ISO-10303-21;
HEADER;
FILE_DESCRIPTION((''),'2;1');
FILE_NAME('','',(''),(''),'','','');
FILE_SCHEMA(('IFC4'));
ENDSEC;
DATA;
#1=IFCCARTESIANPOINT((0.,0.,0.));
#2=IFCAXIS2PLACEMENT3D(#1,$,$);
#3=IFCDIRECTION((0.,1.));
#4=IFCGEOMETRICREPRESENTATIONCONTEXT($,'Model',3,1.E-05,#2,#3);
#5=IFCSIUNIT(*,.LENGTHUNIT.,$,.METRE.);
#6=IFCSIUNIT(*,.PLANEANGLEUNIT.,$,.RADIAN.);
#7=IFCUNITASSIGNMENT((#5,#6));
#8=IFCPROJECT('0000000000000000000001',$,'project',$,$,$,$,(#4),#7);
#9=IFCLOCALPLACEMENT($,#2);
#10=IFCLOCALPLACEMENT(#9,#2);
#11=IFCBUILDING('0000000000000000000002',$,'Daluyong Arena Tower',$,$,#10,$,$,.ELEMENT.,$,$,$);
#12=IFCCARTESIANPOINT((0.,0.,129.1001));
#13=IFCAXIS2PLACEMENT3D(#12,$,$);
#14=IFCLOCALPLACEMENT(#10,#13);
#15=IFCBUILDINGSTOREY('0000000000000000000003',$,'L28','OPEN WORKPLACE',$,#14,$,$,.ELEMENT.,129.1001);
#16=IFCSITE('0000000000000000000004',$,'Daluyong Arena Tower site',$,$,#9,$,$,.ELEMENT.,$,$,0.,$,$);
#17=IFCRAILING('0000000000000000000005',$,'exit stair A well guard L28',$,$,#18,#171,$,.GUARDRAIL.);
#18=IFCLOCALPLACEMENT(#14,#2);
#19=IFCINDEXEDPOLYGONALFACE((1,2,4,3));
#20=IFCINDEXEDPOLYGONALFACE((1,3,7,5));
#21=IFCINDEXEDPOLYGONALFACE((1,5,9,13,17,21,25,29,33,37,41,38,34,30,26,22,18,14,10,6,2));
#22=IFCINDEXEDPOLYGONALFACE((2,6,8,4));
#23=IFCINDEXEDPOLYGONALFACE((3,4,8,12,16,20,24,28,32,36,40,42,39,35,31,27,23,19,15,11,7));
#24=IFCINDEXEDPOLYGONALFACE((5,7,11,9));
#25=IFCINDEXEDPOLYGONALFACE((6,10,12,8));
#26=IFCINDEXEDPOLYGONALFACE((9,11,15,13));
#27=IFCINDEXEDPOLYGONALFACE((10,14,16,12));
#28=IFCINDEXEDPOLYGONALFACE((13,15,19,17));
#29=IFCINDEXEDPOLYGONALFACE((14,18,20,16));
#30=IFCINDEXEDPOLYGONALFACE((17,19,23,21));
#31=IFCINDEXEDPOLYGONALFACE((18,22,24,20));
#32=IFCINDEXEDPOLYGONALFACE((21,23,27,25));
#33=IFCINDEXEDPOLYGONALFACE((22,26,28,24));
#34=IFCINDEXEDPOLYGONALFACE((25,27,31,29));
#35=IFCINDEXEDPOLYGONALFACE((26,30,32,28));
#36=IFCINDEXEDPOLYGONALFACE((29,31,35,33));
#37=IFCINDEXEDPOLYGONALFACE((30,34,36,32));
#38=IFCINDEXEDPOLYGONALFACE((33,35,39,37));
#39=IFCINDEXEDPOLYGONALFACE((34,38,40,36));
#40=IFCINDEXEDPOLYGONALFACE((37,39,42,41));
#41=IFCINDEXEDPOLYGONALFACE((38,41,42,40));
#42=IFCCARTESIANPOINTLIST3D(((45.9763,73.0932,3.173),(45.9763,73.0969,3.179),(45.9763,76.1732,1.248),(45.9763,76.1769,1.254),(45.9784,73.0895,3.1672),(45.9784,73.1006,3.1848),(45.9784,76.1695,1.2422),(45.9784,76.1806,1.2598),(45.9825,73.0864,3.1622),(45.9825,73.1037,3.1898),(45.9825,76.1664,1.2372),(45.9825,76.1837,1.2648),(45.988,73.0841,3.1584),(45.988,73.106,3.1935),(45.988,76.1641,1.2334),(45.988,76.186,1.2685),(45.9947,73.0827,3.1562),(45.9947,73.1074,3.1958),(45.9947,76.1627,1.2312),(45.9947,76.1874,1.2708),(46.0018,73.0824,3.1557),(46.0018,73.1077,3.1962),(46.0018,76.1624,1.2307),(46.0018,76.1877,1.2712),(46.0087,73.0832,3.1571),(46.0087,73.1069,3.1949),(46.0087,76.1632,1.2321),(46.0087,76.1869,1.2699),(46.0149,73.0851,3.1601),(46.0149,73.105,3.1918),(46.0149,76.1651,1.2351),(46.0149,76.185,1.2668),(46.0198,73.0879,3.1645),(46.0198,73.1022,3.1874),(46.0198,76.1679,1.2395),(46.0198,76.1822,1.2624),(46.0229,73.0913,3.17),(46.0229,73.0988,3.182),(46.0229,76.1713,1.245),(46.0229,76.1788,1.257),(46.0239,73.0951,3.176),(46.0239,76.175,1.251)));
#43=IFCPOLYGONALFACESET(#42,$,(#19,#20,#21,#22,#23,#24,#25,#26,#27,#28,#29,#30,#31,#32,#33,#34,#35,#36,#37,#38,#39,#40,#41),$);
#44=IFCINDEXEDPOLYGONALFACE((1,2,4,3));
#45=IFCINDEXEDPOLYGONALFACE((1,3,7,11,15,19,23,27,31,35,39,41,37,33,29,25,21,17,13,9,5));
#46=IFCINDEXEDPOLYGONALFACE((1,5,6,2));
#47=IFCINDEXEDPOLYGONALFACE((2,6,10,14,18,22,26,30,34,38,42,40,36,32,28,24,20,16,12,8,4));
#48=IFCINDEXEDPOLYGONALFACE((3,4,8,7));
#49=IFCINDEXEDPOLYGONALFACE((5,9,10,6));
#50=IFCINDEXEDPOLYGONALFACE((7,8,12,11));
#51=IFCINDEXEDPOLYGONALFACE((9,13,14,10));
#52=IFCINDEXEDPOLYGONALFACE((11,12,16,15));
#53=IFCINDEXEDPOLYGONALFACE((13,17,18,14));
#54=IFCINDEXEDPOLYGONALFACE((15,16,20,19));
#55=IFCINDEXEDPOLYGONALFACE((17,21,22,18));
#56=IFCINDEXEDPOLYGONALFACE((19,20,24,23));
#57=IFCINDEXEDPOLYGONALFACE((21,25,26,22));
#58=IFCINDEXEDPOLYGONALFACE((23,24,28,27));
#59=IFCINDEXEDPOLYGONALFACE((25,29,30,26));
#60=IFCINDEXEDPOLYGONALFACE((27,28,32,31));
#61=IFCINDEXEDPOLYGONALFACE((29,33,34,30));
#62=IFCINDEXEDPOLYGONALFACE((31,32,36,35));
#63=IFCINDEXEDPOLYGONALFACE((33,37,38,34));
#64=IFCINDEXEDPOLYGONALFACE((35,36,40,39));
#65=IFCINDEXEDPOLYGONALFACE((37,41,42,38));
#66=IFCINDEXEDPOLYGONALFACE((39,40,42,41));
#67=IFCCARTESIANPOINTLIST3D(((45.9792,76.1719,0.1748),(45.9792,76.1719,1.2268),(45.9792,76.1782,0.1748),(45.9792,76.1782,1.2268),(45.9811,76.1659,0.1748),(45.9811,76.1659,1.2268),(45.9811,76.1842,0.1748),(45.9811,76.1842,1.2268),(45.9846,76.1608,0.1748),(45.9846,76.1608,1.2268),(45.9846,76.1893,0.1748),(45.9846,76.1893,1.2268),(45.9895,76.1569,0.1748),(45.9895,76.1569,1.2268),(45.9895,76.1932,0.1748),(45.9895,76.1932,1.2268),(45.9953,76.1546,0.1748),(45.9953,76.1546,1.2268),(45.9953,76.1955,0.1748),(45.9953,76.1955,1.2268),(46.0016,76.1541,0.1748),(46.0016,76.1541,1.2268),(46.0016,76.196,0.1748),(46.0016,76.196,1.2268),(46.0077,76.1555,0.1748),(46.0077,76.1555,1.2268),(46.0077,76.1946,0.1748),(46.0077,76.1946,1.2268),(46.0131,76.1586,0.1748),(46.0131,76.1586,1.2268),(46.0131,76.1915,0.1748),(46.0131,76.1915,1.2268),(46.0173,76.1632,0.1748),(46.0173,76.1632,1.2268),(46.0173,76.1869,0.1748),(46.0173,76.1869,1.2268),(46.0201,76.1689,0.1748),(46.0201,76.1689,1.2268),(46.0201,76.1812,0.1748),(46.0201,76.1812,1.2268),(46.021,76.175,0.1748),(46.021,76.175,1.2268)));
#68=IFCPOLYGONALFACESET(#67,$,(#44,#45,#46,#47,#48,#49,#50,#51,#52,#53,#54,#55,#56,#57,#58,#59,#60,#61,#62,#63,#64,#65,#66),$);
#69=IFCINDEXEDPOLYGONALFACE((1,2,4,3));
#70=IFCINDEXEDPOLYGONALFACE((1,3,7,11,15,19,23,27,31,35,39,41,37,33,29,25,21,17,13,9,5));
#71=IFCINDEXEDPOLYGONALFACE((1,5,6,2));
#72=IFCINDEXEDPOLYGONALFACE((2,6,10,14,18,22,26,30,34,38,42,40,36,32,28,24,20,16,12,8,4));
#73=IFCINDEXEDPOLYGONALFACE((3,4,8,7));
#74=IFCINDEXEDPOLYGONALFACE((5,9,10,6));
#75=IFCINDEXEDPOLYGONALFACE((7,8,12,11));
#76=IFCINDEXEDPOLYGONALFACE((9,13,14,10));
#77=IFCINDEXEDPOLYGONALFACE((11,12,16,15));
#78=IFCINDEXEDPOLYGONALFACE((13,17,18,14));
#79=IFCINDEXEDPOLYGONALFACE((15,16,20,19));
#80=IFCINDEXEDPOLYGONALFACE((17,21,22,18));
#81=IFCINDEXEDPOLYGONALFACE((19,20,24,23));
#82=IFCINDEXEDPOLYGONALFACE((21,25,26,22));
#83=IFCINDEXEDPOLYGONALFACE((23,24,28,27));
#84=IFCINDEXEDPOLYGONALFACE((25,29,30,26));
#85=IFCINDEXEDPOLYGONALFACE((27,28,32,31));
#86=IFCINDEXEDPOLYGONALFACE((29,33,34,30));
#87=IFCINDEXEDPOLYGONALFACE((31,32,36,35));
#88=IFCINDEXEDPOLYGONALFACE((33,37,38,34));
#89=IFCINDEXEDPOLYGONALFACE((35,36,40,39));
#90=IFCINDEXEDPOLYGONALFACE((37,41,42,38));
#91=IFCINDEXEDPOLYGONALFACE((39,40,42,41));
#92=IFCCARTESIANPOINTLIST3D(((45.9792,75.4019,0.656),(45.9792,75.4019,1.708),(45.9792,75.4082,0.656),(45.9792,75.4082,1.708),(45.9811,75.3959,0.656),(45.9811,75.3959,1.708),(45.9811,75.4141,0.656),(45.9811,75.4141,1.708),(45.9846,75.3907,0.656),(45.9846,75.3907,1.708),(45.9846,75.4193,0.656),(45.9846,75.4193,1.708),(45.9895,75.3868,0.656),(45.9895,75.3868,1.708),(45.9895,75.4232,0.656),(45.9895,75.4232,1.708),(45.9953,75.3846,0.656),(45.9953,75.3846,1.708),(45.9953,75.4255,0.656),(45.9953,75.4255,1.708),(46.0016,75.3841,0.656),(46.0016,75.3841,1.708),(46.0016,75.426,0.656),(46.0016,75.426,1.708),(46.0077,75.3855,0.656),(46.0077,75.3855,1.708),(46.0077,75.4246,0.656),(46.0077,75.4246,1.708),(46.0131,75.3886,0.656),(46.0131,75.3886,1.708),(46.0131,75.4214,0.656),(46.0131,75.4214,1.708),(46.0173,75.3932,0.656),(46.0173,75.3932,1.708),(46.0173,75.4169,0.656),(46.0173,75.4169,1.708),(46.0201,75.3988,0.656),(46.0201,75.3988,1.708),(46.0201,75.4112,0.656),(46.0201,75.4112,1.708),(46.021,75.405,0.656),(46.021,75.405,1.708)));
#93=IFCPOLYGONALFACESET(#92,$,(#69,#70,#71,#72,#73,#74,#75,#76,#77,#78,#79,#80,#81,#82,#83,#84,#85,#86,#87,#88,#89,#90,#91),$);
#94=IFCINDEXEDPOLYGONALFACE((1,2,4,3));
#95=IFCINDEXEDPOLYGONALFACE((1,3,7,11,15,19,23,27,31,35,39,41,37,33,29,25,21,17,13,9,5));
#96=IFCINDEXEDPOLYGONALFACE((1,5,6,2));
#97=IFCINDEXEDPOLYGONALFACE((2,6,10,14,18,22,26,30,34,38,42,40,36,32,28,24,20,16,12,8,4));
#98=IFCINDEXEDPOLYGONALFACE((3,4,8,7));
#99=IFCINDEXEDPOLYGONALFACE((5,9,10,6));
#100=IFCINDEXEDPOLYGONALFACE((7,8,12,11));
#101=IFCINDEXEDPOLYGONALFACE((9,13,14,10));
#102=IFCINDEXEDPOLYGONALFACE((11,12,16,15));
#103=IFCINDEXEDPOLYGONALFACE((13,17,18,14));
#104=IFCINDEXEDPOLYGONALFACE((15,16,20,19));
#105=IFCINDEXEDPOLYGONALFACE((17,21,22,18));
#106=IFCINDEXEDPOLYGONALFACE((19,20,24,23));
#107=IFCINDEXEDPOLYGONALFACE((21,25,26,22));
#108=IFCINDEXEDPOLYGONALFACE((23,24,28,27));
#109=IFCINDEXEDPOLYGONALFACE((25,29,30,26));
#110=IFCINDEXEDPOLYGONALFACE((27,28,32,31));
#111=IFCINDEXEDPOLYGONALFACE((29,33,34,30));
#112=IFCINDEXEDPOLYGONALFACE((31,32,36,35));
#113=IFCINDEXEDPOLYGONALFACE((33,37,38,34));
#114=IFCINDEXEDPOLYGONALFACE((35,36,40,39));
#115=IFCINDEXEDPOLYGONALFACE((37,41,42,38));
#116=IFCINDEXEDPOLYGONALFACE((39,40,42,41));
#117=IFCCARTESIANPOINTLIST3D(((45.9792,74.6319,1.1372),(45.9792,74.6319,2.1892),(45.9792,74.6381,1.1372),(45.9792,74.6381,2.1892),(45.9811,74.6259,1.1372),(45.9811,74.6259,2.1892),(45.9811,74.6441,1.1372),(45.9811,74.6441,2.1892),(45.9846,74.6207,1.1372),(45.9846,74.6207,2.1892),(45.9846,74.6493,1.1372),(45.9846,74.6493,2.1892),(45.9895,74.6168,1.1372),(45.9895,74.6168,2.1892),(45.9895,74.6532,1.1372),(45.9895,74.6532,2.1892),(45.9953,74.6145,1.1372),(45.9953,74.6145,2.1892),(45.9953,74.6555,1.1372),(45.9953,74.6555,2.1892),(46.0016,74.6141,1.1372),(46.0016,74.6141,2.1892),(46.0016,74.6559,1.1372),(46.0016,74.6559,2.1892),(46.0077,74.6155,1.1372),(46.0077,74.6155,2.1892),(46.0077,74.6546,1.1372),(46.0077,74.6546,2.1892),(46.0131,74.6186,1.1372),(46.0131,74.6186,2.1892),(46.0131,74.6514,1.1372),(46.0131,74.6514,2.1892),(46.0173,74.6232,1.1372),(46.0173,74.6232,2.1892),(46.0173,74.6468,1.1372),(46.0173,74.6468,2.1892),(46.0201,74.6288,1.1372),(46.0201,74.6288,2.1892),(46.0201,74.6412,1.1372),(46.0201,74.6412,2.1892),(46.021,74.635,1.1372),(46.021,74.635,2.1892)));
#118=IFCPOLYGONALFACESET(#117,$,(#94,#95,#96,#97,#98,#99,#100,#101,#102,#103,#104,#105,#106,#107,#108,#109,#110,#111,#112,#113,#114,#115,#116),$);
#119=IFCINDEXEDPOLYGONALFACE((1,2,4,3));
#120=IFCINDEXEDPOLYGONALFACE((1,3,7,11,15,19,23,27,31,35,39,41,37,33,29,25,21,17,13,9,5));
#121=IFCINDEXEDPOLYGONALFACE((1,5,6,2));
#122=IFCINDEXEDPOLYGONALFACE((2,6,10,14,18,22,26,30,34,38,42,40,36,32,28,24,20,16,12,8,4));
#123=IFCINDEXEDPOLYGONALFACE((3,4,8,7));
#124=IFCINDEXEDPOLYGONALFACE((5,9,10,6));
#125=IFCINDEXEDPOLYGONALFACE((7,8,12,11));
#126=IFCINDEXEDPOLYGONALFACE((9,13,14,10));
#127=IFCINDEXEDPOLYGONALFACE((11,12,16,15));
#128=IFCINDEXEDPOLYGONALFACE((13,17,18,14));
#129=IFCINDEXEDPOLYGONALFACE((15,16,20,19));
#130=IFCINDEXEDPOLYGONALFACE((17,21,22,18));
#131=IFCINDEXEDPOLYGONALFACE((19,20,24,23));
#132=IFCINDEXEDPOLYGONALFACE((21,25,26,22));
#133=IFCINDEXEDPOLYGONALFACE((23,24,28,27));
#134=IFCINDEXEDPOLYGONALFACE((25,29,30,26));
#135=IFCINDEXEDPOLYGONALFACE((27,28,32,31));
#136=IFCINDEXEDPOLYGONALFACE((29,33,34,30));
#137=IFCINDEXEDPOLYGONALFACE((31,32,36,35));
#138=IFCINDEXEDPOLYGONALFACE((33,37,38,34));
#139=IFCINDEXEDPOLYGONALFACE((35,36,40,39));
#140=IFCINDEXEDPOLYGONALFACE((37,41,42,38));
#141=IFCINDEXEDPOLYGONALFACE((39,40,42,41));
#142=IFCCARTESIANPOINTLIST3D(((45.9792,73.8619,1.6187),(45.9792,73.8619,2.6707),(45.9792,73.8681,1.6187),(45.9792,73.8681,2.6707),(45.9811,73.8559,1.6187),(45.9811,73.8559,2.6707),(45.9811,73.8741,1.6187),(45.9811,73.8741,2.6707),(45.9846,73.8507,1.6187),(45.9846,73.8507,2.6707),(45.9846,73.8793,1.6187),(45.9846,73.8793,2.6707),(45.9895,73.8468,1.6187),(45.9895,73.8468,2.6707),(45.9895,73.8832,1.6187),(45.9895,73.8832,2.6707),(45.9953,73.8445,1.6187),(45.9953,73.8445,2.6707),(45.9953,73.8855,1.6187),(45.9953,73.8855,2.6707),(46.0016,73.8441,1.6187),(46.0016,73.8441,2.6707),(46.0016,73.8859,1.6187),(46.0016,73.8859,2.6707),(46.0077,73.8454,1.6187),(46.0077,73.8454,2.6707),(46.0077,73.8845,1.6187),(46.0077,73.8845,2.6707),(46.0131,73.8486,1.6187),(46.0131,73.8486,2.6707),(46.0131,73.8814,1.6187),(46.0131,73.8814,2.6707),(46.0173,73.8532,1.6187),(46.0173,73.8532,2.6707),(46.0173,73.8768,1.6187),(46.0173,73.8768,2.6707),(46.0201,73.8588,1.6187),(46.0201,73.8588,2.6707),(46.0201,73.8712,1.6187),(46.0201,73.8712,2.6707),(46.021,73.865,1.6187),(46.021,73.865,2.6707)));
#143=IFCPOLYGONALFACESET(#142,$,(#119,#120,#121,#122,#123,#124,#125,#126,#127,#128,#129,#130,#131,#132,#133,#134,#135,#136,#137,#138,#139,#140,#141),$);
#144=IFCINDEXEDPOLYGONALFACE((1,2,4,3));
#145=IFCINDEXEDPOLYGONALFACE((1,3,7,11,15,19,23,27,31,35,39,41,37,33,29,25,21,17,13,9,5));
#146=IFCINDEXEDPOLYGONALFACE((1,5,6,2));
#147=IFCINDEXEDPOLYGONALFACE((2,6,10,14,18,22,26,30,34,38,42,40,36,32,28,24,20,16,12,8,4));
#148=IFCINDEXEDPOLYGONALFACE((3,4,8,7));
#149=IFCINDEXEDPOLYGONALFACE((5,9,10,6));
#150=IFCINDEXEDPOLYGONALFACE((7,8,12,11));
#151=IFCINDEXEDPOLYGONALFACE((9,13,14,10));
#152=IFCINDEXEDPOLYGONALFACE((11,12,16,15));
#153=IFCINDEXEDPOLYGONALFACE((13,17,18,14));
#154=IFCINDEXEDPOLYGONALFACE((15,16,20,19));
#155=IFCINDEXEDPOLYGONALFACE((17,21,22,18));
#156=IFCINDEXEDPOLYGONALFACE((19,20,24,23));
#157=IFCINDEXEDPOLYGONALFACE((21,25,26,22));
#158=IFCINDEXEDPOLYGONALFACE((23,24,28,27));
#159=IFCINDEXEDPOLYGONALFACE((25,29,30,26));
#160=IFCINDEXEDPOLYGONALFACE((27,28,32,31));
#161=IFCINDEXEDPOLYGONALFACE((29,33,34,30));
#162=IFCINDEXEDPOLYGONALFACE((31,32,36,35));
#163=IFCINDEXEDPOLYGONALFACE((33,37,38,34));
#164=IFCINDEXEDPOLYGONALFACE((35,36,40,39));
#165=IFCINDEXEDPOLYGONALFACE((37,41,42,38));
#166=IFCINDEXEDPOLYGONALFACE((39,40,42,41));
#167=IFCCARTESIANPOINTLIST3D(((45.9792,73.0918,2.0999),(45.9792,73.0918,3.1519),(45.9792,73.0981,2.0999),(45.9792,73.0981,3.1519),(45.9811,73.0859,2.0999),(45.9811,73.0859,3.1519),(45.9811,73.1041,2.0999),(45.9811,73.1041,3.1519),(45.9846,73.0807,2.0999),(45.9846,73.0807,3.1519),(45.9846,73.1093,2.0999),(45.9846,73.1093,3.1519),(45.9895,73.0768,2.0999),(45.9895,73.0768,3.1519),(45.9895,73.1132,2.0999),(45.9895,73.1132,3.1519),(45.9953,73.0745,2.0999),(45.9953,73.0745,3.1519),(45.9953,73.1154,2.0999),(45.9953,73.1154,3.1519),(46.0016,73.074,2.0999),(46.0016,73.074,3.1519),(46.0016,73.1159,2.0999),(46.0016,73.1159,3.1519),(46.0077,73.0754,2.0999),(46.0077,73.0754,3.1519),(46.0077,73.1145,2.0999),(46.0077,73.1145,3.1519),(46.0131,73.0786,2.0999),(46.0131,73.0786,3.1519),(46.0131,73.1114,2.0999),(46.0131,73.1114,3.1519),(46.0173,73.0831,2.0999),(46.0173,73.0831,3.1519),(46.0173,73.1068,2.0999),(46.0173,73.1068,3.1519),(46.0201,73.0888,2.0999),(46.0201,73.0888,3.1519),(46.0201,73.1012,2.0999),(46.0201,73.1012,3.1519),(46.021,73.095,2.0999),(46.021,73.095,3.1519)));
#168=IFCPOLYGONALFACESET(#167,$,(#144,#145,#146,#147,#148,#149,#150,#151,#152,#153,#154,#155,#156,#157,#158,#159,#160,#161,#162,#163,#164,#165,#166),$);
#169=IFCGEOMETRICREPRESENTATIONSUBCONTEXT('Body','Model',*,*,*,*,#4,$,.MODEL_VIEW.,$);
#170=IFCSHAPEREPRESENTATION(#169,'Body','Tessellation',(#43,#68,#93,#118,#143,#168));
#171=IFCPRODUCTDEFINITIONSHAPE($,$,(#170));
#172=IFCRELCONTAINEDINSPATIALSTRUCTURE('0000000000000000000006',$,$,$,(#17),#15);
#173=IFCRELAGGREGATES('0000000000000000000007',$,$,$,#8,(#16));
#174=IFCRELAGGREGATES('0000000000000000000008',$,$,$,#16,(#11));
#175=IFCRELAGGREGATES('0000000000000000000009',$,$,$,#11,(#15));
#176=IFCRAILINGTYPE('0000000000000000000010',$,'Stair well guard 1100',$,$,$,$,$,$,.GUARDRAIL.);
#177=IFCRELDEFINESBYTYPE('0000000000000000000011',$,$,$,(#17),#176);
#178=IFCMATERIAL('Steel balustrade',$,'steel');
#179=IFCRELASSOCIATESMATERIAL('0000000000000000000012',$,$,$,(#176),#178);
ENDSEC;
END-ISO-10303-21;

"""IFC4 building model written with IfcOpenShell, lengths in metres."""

from ifc_helpers import new_model, si_unit, direction, frame, origin, origin_2d, place, context, subcontext, project, spatial, circle, extrude, material, type_object, element, save


model = new_model("IFC4")

# Units and contexts
model_context = context("Model", 3, precision=1e-05, world=origin(), true_north=direction((0.0, 1.0)))
body_context = subcontext(model_context, "Body", "Model", "MODEL_VIEW")
ifc_project = project(units=[si_unit("LENGTHUNIT", "METRE"), si_unit("PLANEANGLEUNIT", "RADIAN")], contexts=[model_context])

# Site, building, storey
site_placement = place(None, origin())
site = spatial("IfcSite", under=ifc_project, at=site_placement, Name="Daluyong Arena Tower site", CompositionType="ELEMENT", RefElevation=0.0)
building_placement = place(site_placement, origin())
building = spatial("IfcBuilding", under=site, at=building_placement, Name="Daluyong Arena Tower", CompositionType="ELEMENT")
storey_placement = place(building_placement, frame((0.0, 0.0, 129.1001)))
storey = spatial("IfcBuildingStorey", under=building, at=storey_placement, Name="L28", Description="OPEN WORKPLACE", CompositionType="ELEMENT", Elevation=129.1001)

# Railing
ifc_material_1 = material(Name="Steel balustrade", Category="steel")
railing_type_1 = type_object("IfcRailingType", Name="Stair well guard 1100", PredefinedType="GUARDRAIL", material=ifc_material_1)
railing_1_placement = place(storey_placement, frame((46.0, 76.175, 0.1748)))
element("IfcRailing", 1, at=railing_1_placement, inside=storey, type_object=railing_type_1, Name="exit stair A well guard L28", PredefinedType="GUARDRAIL", context=body_context, shape_type="SweptSolid", body=[
    extrude(circle(Radius=0.0239, at=origin_2d()), frame((0.0, 0.0, 1.0762), z_axis=(0.0, -0.847998, 0.529999), x_axis=(1.0, 0.0, 0.0)), (0.0, 0.0, 1.0), 3.6321),
    extrude(circle(Radius=0.021, at=origin_2d()), origin(), (0.0, 0.0, 1.0), 1.052),
    extrude(circle(Radius=0.021, at=origin_2d()), frame((0.0, -0.77, 0.4812)), (0.0, 0.0, 1.0), 1.052),
    extrude(circle(Radius=0.021, at=origin_2d()), frame((0.0, -1.54, 0.9624)), (0.0, 0.0, 1.0), 1.052),
    extrude(circle(Radius=0.021, at=origin_2d()), frame((0.0, -2.3101, 1.4438)), (0.0, 0.0, 1.0), 1.052),
    extrude(circle(Radius=0.021, at=origin_2d()), frame((0.0, -3.0801, 1.925)), (0.0, 0.0, 1.0), 1.052),
])

save(model, "model.ifc")
